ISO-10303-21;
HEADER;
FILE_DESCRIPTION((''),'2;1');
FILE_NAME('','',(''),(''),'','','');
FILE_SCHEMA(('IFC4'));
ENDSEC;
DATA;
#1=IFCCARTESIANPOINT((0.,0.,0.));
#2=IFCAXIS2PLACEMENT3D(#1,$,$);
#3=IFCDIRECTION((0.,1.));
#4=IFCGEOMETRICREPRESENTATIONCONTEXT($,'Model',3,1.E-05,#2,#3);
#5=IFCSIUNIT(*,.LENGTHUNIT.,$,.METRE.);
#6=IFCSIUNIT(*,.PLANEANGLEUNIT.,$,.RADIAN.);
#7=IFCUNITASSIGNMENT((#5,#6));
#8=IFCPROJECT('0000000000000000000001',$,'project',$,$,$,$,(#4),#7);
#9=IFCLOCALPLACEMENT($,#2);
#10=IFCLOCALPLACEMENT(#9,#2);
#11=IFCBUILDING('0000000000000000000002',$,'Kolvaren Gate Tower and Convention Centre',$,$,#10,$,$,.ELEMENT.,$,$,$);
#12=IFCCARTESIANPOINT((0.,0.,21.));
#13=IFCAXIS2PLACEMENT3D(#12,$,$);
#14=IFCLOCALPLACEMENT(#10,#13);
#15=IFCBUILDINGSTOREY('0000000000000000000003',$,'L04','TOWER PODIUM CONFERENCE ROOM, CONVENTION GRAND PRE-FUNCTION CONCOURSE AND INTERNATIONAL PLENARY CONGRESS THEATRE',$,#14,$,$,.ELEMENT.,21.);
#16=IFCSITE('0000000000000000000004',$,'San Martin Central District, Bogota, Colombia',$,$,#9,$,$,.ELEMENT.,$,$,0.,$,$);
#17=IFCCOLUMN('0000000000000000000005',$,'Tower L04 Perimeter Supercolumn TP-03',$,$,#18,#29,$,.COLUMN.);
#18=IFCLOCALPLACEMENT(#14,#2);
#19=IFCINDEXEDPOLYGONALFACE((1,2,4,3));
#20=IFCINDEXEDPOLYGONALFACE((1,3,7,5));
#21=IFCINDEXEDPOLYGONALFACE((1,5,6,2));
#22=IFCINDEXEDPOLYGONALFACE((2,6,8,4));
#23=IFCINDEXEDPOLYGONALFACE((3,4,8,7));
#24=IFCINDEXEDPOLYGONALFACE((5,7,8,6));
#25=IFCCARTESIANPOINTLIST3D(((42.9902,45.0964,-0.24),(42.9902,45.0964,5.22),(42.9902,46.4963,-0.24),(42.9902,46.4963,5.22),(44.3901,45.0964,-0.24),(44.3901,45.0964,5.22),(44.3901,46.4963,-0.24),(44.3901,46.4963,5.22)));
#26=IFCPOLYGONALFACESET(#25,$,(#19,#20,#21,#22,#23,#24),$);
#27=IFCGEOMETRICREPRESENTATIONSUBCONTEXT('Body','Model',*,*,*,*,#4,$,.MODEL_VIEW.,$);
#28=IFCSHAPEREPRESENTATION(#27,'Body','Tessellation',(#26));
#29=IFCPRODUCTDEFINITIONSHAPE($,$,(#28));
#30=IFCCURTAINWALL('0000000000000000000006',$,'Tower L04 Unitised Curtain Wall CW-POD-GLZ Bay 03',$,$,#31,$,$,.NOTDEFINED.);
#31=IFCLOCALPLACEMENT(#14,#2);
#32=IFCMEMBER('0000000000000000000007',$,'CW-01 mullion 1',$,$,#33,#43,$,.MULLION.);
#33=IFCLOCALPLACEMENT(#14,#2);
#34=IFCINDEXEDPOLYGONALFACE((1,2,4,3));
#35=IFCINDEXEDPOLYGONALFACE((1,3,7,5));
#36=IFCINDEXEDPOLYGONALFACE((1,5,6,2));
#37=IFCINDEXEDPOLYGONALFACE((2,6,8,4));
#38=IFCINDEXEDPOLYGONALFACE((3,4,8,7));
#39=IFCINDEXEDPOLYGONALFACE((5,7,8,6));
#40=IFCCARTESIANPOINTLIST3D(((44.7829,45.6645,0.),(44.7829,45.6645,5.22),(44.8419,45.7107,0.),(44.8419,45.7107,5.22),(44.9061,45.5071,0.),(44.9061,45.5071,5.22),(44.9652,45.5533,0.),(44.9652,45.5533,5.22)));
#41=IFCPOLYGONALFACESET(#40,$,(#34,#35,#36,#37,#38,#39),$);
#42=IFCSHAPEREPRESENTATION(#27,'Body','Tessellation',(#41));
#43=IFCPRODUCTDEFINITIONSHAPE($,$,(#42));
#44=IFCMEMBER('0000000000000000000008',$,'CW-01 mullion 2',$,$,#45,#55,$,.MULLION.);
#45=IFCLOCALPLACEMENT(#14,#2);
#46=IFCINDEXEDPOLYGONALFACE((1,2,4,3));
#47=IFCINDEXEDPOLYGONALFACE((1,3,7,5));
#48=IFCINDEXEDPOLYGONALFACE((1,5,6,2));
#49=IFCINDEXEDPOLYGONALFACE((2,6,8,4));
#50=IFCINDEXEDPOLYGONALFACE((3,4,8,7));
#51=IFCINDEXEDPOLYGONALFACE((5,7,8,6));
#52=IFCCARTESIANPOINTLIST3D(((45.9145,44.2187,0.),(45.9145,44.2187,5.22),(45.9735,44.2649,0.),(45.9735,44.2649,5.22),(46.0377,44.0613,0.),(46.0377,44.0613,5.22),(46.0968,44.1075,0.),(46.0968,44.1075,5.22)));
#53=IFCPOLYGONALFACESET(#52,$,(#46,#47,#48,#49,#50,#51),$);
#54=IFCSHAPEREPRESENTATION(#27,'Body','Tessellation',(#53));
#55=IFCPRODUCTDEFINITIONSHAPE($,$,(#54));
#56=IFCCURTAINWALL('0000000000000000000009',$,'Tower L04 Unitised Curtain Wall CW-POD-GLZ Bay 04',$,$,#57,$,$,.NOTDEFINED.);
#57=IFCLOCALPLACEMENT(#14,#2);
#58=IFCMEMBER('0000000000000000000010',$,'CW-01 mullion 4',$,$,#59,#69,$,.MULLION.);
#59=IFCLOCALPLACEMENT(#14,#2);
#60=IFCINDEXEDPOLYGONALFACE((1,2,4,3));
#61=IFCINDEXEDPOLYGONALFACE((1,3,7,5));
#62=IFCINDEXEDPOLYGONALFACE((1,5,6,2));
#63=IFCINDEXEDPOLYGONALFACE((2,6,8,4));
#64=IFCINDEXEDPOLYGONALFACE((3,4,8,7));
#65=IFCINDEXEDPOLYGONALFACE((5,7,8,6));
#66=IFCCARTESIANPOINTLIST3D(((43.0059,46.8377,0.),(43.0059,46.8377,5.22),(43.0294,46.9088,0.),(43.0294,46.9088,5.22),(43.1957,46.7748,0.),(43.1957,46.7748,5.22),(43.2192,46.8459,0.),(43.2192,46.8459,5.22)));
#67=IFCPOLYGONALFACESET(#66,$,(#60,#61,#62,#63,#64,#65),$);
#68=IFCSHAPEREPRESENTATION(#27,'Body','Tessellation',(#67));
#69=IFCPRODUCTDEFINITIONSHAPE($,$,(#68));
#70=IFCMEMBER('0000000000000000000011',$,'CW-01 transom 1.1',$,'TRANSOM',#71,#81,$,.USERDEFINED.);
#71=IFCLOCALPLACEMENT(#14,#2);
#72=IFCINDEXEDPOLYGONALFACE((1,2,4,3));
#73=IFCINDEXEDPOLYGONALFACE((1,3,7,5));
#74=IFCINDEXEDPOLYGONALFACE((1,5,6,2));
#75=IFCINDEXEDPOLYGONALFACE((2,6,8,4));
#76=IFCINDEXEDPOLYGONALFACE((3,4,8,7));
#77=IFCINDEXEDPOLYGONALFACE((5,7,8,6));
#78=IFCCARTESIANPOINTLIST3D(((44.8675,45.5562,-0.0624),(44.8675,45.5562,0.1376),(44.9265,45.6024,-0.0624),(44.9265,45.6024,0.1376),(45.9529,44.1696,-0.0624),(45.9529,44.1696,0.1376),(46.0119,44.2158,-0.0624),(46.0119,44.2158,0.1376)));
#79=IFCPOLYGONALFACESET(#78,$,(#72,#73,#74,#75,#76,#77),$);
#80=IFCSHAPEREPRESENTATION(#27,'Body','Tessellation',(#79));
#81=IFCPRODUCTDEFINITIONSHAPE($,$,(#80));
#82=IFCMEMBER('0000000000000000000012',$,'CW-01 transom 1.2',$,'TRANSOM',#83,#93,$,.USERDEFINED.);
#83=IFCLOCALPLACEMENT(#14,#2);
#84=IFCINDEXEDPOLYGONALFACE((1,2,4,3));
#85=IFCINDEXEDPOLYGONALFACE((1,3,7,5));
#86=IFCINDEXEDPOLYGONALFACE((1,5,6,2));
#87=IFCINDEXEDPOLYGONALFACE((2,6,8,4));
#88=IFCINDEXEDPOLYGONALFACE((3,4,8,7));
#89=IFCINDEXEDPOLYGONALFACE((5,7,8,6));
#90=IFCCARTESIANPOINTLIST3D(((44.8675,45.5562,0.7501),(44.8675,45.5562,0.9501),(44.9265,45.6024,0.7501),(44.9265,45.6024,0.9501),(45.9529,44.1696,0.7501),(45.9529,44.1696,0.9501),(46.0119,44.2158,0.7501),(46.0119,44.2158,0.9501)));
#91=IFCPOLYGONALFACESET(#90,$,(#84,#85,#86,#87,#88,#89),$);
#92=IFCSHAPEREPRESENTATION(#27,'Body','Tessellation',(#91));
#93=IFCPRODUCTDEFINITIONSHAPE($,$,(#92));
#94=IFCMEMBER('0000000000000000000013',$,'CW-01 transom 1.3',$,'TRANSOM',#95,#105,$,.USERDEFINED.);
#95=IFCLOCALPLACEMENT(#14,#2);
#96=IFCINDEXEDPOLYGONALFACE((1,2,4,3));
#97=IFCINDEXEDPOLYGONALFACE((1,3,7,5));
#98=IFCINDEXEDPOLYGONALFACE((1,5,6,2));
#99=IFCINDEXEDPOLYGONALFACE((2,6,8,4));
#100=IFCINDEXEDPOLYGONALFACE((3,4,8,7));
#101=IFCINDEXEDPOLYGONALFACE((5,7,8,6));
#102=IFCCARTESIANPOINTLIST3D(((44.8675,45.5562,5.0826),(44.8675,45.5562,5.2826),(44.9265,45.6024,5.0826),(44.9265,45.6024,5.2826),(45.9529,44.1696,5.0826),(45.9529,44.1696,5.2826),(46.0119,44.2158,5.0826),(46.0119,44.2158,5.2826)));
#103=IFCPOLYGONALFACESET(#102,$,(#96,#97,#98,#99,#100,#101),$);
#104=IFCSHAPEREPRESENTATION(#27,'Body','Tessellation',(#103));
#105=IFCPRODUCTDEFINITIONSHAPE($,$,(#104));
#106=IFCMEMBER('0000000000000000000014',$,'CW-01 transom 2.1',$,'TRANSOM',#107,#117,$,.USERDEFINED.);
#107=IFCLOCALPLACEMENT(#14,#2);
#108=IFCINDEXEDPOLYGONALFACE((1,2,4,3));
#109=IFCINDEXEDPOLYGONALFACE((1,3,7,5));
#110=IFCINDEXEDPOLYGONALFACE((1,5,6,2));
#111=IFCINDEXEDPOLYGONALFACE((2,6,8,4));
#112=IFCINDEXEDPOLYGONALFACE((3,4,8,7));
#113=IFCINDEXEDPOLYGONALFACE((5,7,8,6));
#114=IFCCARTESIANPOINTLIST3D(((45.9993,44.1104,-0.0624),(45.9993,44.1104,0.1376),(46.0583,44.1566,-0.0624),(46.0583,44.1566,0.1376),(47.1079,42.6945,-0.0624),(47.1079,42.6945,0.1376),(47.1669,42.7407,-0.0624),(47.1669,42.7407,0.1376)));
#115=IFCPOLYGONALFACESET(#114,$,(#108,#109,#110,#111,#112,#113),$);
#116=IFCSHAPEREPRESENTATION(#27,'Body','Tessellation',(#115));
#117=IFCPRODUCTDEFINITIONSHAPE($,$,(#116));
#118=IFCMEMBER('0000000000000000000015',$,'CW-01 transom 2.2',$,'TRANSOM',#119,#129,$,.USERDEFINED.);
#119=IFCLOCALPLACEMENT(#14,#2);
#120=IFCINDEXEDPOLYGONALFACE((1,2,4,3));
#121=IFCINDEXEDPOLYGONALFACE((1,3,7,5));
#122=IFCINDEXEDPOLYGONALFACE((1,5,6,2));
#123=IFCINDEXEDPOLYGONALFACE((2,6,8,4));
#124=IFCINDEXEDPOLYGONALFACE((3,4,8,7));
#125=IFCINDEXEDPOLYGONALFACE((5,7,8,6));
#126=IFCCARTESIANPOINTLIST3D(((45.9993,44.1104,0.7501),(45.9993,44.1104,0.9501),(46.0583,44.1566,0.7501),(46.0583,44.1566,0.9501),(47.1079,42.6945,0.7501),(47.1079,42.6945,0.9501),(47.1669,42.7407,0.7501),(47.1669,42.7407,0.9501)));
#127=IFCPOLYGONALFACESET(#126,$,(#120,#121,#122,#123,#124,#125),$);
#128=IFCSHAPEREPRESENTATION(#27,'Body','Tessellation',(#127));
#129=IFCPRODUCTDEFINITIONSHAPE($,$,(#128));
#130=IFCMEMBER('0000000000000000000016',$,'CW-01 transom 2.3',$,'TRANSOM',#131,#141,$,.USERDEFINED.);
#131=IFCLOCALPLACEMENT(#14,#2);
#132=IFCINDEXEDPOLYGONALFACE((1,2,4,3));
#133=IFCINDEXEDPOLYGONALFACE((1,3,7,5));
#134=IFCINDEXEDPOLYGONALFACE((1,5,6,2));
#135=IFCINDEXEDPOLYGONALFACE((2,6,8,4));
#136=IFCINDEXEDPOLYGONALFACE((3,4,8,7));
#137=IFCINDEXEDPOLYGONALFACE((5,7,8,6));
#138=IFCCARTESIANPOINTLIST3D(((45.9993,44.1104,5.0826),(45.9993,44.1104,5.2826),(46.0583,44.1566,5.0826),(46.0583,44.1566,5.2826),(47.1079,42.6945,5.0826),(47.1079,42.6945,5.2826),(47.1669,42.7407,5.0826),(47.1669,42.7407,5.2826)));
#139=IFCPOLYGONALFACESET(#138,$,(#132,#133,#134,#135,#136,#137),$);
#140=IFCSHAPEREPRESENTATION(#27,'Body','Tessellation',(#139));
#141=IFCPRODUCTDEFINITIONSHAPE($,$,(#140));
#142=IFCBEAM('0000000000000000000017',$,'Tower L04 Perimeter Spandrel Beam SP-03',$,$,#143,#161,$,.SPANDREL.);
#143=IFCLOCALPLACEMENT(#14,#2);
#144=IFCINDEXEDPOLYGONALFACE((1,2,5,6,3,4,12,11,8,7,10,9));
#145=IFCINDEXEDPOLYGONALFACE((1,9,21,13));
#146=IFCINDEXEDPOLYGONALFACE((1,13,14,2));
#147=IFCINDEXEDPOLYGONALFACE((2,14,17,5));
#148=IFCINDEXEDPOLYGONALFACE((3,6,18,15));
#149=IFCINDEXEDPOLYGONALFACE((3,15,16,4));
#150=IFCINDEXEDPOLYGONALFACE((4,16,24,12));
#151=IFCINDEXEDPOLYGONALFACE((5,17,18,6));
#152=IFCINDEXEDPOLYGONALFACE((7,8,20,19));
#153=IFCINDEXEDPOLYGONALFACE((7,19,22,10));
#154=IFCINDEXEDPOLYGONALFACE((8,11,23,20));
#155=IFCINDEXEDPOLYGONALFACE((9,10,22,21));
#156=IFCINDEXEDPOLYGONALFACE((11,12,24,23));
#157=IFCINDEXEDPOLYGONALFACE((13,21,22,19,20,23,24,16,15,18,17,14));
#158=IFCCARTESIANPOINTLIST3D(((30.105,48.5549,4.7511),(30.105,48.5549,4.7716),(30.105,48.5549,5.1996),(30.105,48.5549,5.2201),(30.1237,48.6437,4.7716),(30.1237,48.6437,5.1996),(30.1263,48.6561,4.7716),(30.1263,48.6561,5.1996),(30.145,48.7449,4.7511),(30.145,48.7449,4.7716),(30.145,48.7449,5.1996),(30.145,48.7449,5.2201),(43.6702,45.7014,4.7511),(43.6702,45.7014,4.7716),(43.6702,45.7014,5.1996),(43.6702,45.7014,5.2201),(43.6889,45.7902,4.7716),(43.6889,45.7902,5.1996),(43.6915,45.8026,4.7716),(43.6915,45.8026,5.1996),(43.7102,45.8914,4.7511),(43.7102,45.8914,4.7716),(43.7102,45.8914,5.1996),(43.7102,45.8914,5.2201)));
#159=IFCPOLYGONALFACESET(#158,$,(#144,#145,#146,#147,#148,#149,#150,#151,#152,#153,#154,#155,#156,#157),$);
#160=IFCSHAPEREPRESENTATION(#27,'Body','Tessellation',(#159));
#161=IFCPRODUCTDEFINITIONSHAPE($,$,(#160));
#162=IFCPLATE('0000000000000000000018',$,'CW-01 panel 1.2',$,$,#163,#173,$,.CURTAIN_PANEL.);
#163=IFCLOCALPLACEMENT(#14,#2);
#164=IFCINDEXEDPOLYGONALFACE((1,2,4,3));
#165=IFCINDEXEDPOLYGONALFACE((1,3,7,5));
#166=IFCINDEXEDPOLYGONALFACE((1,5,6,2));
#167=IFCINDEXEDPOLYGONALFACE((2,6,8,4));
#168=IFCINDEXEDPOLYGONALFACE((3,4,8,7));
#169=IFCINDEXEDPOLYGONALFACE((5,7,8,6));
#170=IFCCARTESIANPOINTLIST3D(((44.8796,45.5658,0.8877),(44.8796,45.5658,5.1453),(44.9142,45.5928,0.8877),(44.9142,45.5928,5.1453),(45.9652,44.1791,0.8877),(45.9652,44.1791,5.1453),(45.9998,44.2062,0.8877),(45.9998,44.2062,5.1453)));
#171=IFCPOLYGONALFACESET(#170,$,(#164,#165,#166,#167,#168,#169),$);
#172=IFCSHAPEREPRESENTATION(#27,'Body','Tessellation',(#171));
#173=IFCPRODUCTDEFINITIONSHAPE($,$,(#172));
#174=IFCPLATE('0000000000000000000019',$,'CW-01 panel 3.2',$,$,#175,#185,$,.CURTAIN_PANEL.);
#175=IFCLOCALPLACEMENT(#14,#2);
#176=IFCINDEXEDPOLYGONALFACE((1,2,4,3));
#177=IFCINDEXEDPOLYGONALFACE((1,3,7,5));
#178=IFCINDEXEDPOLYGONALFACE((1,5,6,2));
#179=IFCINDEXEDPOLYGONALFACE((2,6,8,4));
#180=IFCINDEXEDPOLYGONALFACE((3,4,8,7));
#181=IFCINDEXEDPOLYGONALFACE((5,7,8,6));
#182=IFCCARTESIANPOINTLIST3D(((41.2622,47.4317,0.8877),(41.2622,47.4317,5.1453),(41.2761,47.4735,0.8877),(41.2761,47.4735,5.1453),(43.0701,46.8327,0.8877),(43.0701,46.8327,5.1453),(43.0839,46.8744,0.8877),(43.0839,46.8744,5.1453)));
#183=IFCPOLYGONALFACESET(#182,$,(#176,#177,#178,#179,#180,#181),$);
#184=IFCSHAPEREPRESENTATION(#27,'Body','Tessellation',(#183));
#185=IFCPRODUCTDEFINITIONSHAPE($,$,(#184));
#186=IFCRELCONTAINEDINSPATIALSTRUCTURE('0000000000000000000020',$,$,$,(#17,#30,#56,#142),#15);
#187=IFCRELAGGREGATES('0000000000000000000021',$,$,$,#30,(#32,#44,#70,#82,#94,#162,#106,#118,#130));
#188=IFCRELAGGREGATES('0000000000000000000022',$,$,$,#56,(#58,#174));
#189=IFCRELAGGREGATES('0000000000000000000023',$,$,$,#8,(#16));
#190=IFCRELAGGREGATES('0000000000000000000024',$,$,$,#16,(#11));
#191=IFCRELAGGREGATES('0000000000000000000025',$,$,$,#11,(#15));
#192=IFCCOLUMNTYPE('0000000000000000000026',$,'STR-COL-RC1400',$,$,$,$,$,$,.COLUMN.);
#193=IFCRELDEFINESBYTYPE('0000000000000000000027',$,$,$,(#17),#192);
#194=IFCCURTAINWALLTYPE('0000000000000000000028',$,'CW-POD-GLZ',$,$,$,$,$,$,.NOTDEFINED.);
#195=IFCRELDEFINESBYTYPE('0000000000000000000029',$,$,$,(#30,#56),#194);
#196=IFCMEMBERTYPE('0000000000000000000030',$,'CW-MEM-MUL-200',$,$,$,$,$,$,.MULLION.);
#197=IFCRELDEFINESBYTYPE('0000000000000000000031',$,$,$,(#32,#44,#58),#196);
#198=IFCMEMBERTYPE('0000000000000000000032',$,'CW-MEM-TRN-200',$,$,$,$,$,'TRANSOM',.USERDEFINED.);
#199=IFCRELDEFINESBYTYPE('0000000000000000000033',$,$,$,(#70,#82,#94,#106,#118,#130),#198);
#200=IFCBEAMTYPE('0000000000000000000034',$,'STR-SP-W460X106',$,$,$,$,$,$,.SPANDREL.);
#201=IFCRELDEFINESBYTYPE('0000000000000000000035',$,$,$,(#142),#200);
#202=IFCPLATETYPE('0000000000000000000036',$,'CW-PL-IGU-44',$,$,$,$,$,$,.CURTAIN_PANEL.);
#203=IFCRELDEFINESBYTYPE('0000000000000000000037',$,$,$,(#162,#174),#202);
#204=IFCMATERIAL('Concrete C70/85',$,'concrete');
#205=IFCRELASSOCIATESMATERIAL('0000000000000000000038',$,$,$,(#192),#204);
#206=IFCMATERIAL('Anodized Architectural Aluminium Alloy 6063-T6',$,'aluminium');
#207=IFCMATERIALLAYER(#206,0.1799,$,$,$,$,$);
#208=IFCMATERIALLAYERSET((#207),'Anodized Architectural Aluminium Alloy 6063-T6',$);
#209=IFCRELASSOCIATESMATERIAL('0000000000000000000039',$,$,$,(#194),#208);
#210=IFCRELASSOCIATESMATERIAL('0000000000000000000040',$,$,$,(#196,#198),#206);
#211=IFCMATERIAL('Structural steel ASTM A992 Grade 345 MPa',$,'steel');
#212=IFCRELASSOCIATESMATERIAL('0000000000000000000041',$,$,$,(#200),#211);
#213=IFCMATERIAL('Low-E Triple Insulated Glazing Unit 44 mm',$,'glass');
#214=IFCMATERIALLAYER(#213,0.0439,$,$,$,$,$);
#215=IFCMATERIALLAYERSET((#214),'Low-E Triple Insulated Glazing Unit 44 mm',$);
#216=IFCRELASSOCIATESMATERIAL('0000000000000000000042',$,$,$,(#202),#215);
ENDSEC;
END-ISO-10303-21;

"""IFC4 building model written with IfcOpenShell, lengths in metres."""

from ifc_helpers import new_model, si_unit, direction, frame, origin, origin_2d, place, context, subcontext, project, spatial, rectangle, i_section, extrude, material, layer, layer_set, material_profile, profile_set, type_object, element, aggregate, save


model = new_model("IFC4")

# Units and contexts
model_context = context("Model", 3, precision=1e-05, world=origin(), true_north=direction((0.0, 1.0)))
body_context = subcontext(model_context, "Body", "Model", "MODEL_VIEW")
ifc_project = project(units=[si_unit("LENGTHUNIT", "METRE"), si_unit("PLANEANGLEUNIT", "RADIAN")], contexts=[model_context])

# Site, building, storey
site_placement = place(None, origin())
site = spatial("IfcSite", under=ifc_project, at=site_placement, Name="San Martin Central District, Bogota, Colombia", CompositionType="ELEMENT", RefElevation=0.0)
building_placement = place(site_placement, origin())
building = spatial("IfcBuilding", under=site, at=building_placement, Name="Kolvaren Gate Tower and Convention Centre", CompositionType="ELEMENT")
storey_placement = place(building_placement, frame((0.0, 0.0, 21.0)))
storey = spatial("IfcBuildingStorey", under=building, at=storey_placement, Name="L04", Description="TOWER PODIUM CONFERENCE ROOM, CONVENTION GRAND PRE-FUNCTION CONCOURSE AND INTERNATIONAL PLENARY CONGRESS THEATRE", CompositionType="ELEMENT", Elevation=21.0)

# Column
ifc_material_1 = material(Name="Concrete C70/85", Category="concrete")
ifc_material_profile_1 = material_profile(ifc_material_1, rectangle(XDim=1.3999, YDim=1.3999, at=origin_2d()), Name="RC-COL-1400X1400")
ifc_profile_set_1 = profile_set([ifc_material_profile_1], Name="Concrete C70/85")
column_type = type_object("IfcColumnType", Name="STR-COL-RC1400", PredefinedType="COLUMN", material=ifc_profile_set_1)
column_placement = place(storey_placement, frame((43.6902, 45.7964, -0.24), z_axis=(0.0, 0.0, 1.0), x_axis=(1.0, 0.0, 0.0)))
element("IfcColumn", 1, at=column_placement, inside=storey, type_object=column_type, Name="Tower L04 Perimeter Supercolumn TP-03", PredefinedType="COLUMN", context=body_context, shape_type="SweptSolid", body=[
    extrude(rectangle(XDim=1.3999, YDim=1.3999, at=origin_2d()), origin(), (0.0, 0.0, 1.0), 5.46),
])

# Curtain wall, members
ifc_material_2 = material(Name="Anodized Architectural Aluminium Alloy 6063-T6", Category="aluminium")
ifc_layer_1 = layer(ifc_material_2, 0.1799)
ifc_layer_set_1 = layer_set([ifc_layer_1], Name="Anodized Architectural Aluminium Alloy 6063-T6")
curtain_wall_type = type_object("IfcCurtainWallType", Name="CW-POD-GLZ", PredefinedType="NOTDEFINED", material=ifc_layer_set_1)
curtain_wall_1_placement = place(storey_placement, origin())
curtain_wall_1 = element("IfcCurtainWall", 2, at=curtain_wall_1_placement, inside=storey, type_object=curtain_wall_type, Name="Tower L04 Unitised Curtain Wall CW-POD-GLZ Bay 03", PredefinedType="NOTDEFINED")
ifc_material_profile_2 = material_profile(ifc_material_2, rectangle(XDim=0.075, YDim=0.2, at=origin_2d()), Name="CW-MEM-MUL-200")
ifc_profile_set_2 = profile_set([ifc_material_profile_2], Name="Anodized Architectural Aluminium Alloy 6063-T6")
member_type_1 = type_object("IfcMemberType", Name="CW-MEM-MUL-200", PredefinedType="MULLION", material=ifc_profile_set_2)
member_1_placement = place(storey_placement, frame((44.874, 45.6089, 0.0), z_axis=(0.0, 0.0, 1.0), x_axis=(0.787413, 0.616426, 0.0)))
member_1 = element("IfcMember", 3, at=member_1_placement, type_object=member_type_1, Name="CW-01 mullion 1", PredefinedType="MULLION", context=body_context, shape_type="SweptSolid", body=[
    extrude(rectangle(XDim=0.075, YDim=0.2, at=origin_2d()), origin(), (0.0, 0.0, 1.0), 5.22),
])
member_2_placement = place(storey_placement, frame((46.0056, 44.1631, 0.0), z_axis=(0.0, 0.0, 1.0), x_axis=(0.787413, 0.616426, 0.0)))
member_2 = element("IfcMember", 4, at=member_2_placement, type_object=member_type_1, Name="CW-01 mullion 2", PredefinedType="MULLION", context=body_context, shape_type="SweptSolid", body=[
    extrude(rectangle(XDim=0.075, YDim=0.2, at=origin_2d()), origin(), (0.0, 0.0, 1.0), 5.22),
])

# Curtain wall, member
curtain_wall_2_placement = place(storey_placement, origin())
curtain_wall_2 = element("IfcCurtainWall", 5, at=curtain_wall_2_placement, inside=storey, type_object=curtain_wall_type, Name="Tower L04 Unitised Curtain Wall CW-POD-GLZ Bay 04", PredefinedType="NOTDEFINED")
member_3_placement = place(storey_placement, frame((43.1125, 46.8418, 0.0), z_axis=(0.0, 0.0, 1.0), x_axis=(0.314542, 0.949244, 0.0)))
member_3 = element("IfcMember", 6, at=member_3_placement, type_object=member_type_1, Name="CW-01 mullion 4", PredefinedType="MULLION", context=body_context, shape_type="SweptSolid", body=[
    extrude(rectangle(XDim=0.075, YDim=0.2, at=origin_2d()), origin(), (0.0, 0.0, 1.0), 5.22),
])

# Members
ifc_material_profile_3 = material_profile(ifc_material_2, rectangle(XDim=0.075, YDim=0.2, at=origin_2d()), Name="CW-MEM-TRN-200")
ifc_profile_set_3 = profile_set([ifc_material_profile_3], Name="Anodized Architectural Aluminium Alloy 6063-T6")
member_type_2 = type_object("IfcMemberType", Name="CW-MEM-TRN-200", ElementType="TRANSOM", PredefinedType="USERDEFINED", material=ifc_profile_set_3)
member_4_placement = place(storey_placement, frame((44.897, 45.5793, 0.0376), z_axis=(0.616376, -0.787452, 0.0), x_axis=(0.787452, 0.616376, 0.0)))
member_4 = element("IfcMember", 7, at=member_4_placement, type_object=member_type_2, Name="CW-01 transom 1.1", ObjectType="TRANSOM", PredefinedType="USERDEFINED", context=body_context, shape_type="SweptSolid", body=[
    extrude(rectangle(XDim=0.075, YDim=0.2, at=origin_2d()), origin(), (0.0, 0.0, 1.0), 1.761),
])
member_5_placement = place(storey_placement, frame((44.897, 45.5793, 0.8501), z_axis=(0.616376, -0.787452, 0.0), x_axis=(0.787452, 0.616376, 0.0)))
member_5 = element("IfcMember", 8, at=member_5_placement, type_object=member_type_2, Name="CW-01 transom 1.2", ObjectType="TRANSOM", PredefinedType="USERDEFINED", context=body_context, shape_type="SweptSolid", body=[
    extrude(rectangle(XDim=0.075, YDim=0.2, at=origin_2d()), origin(), (0.0, 0.0, 1.0), 1.761),
])
member_6_placement = place(storey_placement, frame((44.897, 45.5793, 5.1826), z_axis=(0.616376, -0.787452, 0.0), x_axis=(0.787452, 0.616376, 0.0)))
member_6 = element("IfcMember", 9, at=member_6_placement, type_object=member_type_2, Name="CW-01 transom 1.3", ObjectType="TRANSOM", PredefinedType="USERDEFINED", context=body_context, shape_type="SweptSolid", body=[
    extrude(rectangle(XDim=0.075, YDim=0.2, at=origin_2d()), origin(), (0.0, 0.0, 1.0), 1.761),
])
member_7_placement = place(storey_placement, frame((46.0288, 44.1335, 0.0376), z_axis=(0.616466, -0.787382, 0.0), x_axis=(0.787382, 0.616466, 0.0)))
member_7 = element("IfcMember", 10, at=member_7_placement, type_object=member_type_2, Name="CW-01 transom 2.1", ObjectType="TRANSOM", PredefinedType="USERDEFINED", context=body_context, shape_type="SweptSolid", body=[
    extrude(rectangle(XDim=0.075, YDim=0.2, at=origin_2d()), origin(), (0.0, 0.0, 1.0), 1.7983),
])
member_8_placement = place(storey_placement, frame((46.0288, 44.1335, 0.8501), z_axis=(0.616466, -0.787382, 0.0), x_axis=(0.787382, 0.616466, 0.0)))
member_8 = element("IfcMember", 11, at=member_8_placement, type_object=member_type_2, Name="CW-01 transom 2.2", ObjectType="TRANSOM", PredefinedType="USERDEFINED", context=body_context, shape_type="SweptSolid", body=[
    extrude(rectangle(XDim=0.075, YDim=0.2, at=origin_2d()), origin(), (0.0, 0.0, 1.0), 1.7983),
])
member_9_placement = place(storey_placement, frame((46.0288, 44.1335, 5.1826), z_axis=(0.616466, -0.787382, 0.0), x_axis=(0.787382, 0.616466, 0.0)))
member_9 = element("IfcMember", 12, at=member_9_placement, type_object=member_type_2, Name="CW-01 transom 2.3", ObjectType="TRANSOM", PredefinedType="USERDEFINED", context=body_context, shape_type="SweptSolid", body=[
    extrude(rectangle(XDim=0.075, YDim=0.2, at=origin_2d()), origin(), (0.0, 0.0, 1.0), 1.7983),
])

# Beam
ifc_material_3 = material(Name="Structural steel ASTM A992 Grade 345 MPa", Category="steel")
ifc_material_profile_4 = material_profile(ifc_material_3, i_section(OverallWidth=0.1941, OverallDepth=0.469, WebThickness=0.0127, FlangeThickness=0.0205, at=origin_2d()), Name="W460X106")
ifc_profile_set_4 = profile_set([ifc_material_profile_4], Name="Structural steel ASTM A992 Grade 345 MPa")
beam_type = type_object("IfcBeamType", Name="STR-SP-W460X106", PredefinedType="SPANDREL", material=ifc_profile_set_4)
beam_placement = place(storey_placement, frame((43.6902, 45.7964, 4.9856), z_axis=(-0.978583, 0.205851, 0.0), x_axis=(-0.205851, -0.978583, 0.0)))
element("IfcBeam", 13, at=beam_placement, inside=storey, type_object=beam_type, Name="Tower L04 Perimeter Spandrel Beam SP-03", PredefinedType="SPANDREL", context=body_context, shape_type="SweptSolid", body=[
    extrude(i_section(OverallWidth=0.1941, OverallDepth=0.469, WebThickness=0.0127, FlangeThickness=0.0205, at=origin_2d()), origin(), (0.0, 0.0, 1.0), 13.8621),
])

# Plates
ifc_material_4 = material(Name="Low-E Triple Insulated Glazing Unit 44 mm", Category="glass")
ifc_layer_2 = layer(ifc_material_4, 0.0439)
ifc_layer_set_2 = layer_set([ifc_layer_2], Name="Low-E Triple Insulated Glazing Unit 44 mm")
plate_type_1 = type_object("IfcPlateType", Name="CW-PL-IGU-44", PredefinedType="CURTAIN_PANEL", material=ifc_layer_set_2)
plate_1_placement = place(storey_placement, frame((45.4397, 44.886, 0.8877), z_axis=(0.0, 0.0, 1.0), x_axis=(0.616426, -0.787413, 0.0)))
plate_1 = element("IfcPlate", 14, at=plate_1_placement, type_object=plate_type_1, Name="CW-01 panel 1.2", PredefinedType="CURTAIN_PANEL", context=body_context, shape_type="SweptSolid", body=[
    extrude(rectangle(XDim=1.761, YDim=0.0439, at=origin_2d()), origin(), (0.0, 0.0, 1.0), 4.2576),
])
plate_2_placement = place(storey_placement, frame((42.1731, 47.1531, 0.8877), z_axis=(0.0, 0.0, 1.0), x_axis=(0.949244, -0.314542, 0.0)))
plate_2 = element("IfcPlate", 15, at=plate_2_placement, type_object=plate_type_1, Name="CW-01 panel 3.2", PredefinedType="CURTAIN_PANEL", context=body_context, shape_type="SweptSolid", body=[
    extrude(rectangle(XDim=1.9045, YDim=0.0439, at=origin_2d()), origin(), (0.0, 0.0, 1.0), 4.2576),
])
aggregate(curtain_wall_1, [member_1, member_2, member_4, member_5, member_6, plate_1, member_7, member_8, member_9])
aggregate(curtain_wall_2, [member_3, plate_2])

save(model, "model.ifc")
